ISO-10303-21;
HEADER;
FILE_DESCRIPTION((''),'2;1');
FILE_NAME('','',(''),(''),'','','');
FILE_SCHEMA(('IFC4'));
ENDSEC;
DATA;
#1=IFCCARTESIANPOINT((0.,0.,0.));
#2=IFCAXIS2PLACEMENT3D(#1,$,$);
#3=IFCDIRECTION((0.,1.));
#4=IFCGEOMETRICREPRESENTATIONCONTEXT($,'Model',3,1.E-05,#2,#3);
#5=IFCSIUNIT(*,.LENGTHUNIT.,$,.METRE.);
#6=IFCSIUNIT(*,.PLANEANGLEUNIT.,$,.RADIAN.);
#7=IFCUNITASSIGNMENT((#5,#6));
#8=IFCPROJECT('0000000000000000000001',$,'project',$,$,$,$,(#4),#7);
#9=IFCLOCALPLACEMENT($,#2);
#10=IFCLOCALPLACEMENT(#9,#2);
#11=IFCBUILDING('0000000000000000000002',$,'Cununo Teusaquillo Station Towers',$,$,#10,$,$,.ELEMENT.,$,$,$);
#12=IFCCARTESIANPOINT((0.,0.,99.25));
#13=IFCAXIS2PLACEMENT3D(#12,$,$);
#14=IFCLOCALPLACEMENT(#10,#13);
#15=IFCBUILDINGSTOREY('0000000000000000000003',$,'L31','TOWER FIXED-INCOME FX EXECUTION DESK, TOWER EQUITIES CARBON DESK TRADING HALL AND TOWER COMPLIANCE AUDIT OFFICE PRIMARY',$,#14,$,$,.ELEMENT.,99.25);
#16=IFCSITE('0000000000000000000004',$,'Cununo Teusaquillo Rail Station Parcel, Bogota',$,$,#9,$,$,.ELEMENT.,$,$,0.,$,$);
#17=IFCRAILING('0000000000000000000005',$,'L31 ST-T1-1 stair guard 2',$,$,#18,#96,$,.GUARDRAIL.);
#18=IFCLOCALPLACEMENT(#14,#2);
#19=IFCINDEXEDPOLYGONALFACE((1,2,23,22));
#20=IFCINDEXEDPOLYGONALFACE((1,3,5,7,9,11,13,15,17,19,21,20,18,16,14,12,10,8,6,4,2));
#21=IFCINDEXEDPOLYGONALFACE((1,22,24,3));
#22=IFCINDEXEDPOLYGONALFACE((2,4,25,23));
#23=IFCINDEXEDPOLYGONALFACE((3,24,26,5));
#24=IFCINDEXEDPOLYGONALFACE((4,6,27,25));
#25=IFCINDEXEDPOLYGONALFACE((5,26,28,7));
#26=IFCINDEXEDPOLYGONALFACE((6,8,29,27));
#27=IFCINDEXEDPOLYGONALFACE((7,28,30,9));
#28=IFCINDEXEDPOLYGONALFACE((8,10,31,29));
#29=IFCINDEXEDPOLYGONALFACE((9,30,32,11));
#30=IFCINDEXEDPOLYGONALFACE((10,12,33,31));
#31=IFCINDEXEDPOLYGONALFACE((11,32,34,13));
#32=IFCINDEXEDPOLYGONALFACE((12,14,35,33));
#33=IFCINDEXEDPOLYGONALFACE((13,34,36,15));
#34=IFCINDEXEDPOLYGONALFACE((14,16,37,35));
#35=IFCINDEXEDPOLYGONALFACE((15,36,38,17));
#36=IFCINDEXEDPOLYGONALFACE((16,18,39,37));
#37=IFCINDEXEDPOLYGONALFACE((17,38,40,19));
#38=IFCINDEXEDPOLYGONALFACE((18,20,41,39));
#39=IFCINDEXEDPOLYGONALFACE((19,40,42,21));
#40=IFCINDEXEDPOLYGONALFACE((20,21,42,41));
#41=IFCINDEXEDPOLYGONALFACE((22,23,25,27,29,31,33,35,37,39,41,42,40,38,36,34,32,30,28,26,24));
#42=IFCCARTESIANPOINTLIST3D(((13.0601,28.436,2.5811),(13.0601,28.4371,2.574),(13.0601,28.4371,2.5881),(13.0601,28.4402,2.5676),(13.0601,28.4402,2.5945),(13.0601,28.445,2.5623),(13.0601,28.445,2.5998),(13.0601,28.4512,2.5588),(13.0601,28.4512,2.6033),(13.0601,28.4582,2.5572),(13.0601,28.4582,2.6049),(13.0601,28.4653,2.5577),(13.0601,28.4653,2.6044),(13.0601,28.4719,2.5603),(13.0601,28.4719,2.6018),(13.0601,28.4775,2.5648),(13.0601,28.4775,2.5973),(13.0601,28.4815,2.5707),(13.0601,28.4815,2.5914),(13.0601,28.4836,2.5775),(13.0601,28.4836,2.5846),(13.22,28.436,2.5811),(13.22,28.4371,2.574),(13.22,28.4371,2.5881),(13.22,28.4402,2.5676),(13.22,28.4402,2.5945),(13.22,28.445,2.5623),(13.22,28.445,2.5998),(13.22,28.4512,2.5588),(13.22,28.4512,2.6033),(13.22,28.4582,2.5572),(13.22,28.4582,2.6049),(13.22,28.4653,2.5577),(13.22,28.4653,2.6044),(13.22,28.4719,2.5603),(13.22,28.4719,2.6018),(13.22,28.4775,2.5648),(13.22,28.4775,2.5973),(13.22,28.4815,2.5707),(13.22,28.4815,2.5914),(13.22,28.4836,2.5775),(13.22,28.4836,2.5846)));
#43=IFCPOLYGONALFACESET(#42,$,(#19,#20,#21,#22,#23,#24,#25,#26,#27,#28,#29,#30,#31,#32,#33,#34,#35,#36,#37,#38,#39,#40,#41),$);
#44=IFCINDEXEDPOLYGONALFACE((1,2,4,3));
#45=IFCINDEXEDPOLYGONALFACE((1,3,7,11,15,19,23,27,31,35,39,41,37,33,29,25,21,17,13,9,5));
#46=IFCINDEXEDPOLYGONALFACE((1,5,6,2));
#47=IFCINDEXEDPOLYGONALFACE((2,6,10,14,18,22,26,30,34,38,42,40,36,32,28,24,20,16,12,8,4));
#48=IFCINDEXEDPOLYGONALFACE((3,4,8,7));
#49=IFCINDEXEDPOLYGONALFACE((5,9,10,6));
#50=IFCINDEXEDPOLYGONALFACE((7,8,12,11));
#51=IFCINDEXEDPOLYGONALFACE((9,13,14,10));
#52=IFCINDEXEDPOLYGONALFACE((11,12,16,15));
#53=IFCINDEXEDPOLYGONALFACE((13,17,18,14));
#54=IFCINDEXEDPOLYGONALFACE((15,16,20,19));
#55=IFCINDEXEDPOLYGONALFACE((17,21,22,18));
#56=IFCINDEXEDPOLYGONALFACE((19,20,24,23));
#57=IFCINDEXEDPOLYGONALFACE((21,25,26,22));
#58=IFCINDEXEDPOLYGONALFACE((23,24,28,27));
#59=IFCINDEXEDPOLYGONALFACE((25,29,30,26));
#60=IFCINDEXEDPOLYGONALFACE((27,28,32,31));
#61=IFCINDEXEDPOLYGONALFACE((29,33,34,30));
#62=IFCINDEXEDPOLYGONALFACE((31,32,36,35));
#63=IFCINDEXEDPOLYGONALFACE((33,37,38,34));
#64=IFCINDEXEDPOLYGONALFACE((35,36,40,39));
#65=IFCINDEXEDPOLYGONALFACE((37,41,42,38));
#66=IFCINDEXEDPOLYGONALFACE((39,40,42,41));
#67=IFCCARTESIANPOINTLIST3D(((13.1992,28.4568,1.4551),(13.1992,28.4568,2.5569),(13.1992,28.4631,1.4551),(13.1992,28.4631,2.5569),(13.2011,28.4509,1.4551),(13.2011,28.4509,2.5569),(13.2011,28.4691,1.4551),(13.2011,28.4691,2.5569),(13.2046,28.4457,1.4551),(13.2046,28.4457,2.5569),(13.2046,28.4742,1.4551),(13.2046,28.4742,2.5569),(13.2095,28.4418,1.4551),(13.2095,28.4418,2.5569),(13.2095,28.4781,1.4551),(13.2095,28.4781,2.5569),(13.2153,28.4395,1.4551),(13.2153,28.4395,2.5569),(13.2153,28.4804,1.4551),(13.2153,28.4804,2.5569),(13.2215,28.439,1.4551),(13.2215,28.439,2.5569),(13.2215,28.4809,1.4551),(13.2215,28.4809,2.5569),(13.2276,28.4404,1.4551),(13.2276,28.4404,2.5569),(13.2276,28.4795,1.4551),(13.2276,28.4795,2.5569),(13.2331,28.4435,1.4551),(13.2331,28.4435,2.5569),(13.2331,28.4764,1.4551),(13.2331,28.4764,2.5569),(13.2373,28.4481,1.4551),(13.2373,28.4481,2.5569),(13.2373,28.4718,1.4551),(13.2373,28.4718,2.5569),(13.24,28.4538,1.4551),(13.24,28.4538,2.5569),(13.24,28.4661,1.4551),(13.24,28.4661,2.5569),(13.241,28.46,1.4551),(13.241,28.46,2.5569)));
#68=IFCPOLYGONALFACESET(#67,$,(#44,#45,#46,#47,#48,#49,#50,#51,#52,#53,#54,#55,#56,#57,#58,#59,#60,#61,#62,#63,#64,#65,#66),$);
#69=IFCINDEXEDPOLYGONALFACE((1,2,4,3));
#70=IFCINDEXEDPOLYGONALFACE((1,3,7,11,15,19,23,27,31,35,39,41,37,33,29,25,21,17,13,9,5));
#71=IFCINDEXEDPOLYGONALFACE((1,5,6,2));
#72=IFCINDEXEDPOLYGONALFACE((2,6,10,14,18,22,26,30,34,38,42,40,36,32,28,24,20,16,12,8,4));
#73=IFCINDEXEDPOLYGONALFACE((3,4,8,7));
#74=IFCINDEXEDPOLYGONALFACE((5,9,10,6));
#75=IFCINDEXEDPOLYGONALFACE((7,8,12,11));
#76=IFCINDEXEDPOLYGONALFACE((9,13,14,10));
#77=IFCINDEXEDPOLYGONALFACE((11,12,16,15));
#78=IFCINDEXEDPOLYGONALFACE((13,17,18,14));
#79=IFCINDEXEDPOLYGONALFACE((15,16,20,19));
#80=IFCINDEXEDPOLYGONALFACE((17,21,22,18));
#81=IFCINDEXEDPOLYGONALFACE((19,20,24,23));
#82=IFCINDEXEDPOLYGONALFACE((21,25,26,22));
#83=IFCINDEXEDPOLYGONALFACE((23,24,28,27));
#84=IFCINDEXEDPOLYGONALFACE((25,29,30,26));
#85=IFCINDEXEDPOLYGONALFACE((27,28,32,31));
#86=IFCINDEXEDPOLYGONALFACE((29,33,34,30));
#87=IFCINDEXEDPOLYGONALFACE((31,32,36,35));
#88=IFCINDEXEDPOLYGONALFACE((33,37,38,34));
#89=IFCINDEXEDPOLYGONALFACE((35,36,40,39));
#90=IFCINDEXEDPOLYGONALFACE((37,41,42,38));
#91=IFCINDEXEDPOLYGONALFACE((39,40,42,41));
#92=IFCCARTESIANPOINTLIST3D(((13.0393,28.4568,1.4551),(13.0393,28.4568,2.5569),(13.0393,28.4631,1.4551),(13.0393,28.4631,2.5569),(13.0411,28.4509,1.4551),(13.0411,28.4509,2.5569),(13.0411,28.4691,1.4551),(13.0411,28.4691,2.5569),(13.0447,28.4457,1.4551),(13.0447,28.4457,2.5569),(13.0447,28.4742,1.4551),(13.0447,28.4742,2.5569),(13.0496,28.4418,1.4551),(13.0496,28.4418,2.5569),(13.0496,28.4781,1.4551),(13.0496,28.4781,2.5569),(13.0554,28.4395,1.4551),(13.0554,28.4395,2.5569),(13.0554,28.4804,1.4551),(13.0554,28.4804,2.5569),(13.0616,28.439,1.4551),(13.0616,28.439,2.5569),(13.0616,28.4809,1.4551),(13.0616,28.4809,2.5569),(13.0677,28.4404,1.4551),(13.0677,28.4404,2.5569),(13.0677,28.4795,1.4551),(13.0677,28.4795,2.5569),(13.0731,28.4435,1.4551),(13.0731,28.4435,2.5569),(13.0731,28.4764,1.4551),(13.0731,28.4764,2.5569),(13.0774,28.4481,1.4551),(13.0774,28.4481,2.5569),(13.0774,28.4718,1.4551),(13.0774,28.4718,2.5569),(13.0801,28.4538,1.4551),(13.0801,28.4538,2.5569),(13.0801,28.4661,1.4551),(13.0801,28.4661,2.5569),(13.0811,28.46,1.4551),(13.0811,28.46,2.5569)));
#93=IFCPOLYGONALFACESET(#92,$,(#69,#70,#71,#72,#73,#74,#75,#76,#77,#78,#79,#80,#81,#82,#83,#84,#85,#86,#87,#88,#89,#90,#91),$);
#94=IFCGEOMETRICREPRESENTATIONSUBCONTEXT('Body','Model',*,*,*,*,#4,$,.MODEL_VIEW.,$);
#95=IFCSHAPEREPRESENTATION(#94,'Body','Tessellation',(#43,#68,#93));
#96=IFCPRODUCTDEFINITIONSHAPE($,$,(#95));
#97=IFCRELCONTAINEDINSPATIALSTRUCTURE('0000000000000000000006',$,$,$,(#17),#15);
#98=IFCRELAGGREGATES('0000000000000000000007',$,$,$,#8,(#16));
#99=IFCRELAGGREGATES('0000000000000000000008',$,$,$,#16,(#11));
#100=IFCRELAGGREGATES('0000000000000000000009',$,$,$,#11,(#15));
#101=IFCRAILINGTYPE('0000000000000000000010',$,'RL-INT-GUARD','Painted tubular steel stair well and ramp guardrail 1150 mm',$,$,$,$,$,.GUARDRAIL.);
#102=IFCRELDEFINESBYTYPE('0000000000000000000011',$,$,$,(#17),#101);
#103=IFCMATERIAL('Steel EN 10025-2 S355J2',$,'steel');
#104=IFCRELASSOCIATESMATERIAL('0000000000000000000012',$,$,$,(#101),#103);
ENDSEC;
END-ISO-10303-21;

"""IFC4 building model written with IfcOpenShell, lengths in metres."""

from ifc_helpers import new_model, si_unit, direction, frame, origin, origin_2d, place, context, subcontext, project, spatial, circle, extrude, material, type_object, element, save


model = new_model("IFC4")

# Units and contexts
model_context = context("Model", 3, precision=1e-05, world=origin(), true_north=direction((0.0, 1.0)))
body_context = subcontext(model_context, "Body", "Model", "MODEL_VIEW")
ifc_project = project(units=[si_unit("LENGTHUNIT", "METRE"), si_unit("PLANEANGLEUNIT", "RADIAN")], contexts=[model_context])

# Site, building, storey
site_placement = place(None, origin())
site = spatial("IfcSite", under=ifc_project, at=site_placement, Name="Cununo Teusaquillo Rail Station Parcel, Bogota", CompositionType="ELEMENT", RefElevation=0.0)
building_placement = place(site_placement, origin())
building = spatial("IfcBuilding", under=site, at=building_placement, Name="Cununo Teusaquillo Station Towers", CompositionType="ELEMENT")
storey_placement = place(building_placement, frame((0.0, 0.0, 99.25)))
storey = spatial("IfcBuildingStorey", under=building, at=storey_placement, Name="L31", Description="TOWER FIXED-INCOME FX EXECUTION DESK, TOWER EQUITIES CARBON DESK TRADING HALL AND TOWER COMPLIANCE AUDIT OFFICE PRIMARY", CompositionType="ELEMENT", Elevation=99.25)

# Railing
ifc_material_1 = material(Name="Steel EN 10025-2 S355J2", Category="steel")
railing_type_1 = type_object("IfcRailingType", Name="RL-INT-GUARD", Description="Painted tubular steel stair well and ramp guardrail 1150 mm", PredefinedType="GUARDRAIL", material=ifc_material_1)
railing_1_placement = place(storey_placement, frame((13.22, 28.46, 1.4551)))
element("IfcRailing", 1, at=railing_1_placement, inside=storey, type_object=railing_type_1, Name="L31 ST-T1-1 stair guard 2", PredefinedType="GUARDRAIL", context=body_context, shape_type="SweptSolid", body=[
    extrude(circle(Radius=0.0239, at=origin_2d()), frame((0.0, 0.0, 1.126), z_axis=(-1.0, 0.0, 0.0), x_axis=(0.0, -1.0, 0.0)), (0.0, 0.0, 1.0), 0.1599),
    extrude(circle(Radius=0.021, at=origin_2d()), origin(), (0.0, 0.0, 1.0), 1.1018),
    extrude(circle(Radius=0.021, at=origin_2d()), frame((-0.1599, 0.0, 0.0)), (0.0, 0.0, 1.0), 1.1018),
])

save(model, "model.ifc")
